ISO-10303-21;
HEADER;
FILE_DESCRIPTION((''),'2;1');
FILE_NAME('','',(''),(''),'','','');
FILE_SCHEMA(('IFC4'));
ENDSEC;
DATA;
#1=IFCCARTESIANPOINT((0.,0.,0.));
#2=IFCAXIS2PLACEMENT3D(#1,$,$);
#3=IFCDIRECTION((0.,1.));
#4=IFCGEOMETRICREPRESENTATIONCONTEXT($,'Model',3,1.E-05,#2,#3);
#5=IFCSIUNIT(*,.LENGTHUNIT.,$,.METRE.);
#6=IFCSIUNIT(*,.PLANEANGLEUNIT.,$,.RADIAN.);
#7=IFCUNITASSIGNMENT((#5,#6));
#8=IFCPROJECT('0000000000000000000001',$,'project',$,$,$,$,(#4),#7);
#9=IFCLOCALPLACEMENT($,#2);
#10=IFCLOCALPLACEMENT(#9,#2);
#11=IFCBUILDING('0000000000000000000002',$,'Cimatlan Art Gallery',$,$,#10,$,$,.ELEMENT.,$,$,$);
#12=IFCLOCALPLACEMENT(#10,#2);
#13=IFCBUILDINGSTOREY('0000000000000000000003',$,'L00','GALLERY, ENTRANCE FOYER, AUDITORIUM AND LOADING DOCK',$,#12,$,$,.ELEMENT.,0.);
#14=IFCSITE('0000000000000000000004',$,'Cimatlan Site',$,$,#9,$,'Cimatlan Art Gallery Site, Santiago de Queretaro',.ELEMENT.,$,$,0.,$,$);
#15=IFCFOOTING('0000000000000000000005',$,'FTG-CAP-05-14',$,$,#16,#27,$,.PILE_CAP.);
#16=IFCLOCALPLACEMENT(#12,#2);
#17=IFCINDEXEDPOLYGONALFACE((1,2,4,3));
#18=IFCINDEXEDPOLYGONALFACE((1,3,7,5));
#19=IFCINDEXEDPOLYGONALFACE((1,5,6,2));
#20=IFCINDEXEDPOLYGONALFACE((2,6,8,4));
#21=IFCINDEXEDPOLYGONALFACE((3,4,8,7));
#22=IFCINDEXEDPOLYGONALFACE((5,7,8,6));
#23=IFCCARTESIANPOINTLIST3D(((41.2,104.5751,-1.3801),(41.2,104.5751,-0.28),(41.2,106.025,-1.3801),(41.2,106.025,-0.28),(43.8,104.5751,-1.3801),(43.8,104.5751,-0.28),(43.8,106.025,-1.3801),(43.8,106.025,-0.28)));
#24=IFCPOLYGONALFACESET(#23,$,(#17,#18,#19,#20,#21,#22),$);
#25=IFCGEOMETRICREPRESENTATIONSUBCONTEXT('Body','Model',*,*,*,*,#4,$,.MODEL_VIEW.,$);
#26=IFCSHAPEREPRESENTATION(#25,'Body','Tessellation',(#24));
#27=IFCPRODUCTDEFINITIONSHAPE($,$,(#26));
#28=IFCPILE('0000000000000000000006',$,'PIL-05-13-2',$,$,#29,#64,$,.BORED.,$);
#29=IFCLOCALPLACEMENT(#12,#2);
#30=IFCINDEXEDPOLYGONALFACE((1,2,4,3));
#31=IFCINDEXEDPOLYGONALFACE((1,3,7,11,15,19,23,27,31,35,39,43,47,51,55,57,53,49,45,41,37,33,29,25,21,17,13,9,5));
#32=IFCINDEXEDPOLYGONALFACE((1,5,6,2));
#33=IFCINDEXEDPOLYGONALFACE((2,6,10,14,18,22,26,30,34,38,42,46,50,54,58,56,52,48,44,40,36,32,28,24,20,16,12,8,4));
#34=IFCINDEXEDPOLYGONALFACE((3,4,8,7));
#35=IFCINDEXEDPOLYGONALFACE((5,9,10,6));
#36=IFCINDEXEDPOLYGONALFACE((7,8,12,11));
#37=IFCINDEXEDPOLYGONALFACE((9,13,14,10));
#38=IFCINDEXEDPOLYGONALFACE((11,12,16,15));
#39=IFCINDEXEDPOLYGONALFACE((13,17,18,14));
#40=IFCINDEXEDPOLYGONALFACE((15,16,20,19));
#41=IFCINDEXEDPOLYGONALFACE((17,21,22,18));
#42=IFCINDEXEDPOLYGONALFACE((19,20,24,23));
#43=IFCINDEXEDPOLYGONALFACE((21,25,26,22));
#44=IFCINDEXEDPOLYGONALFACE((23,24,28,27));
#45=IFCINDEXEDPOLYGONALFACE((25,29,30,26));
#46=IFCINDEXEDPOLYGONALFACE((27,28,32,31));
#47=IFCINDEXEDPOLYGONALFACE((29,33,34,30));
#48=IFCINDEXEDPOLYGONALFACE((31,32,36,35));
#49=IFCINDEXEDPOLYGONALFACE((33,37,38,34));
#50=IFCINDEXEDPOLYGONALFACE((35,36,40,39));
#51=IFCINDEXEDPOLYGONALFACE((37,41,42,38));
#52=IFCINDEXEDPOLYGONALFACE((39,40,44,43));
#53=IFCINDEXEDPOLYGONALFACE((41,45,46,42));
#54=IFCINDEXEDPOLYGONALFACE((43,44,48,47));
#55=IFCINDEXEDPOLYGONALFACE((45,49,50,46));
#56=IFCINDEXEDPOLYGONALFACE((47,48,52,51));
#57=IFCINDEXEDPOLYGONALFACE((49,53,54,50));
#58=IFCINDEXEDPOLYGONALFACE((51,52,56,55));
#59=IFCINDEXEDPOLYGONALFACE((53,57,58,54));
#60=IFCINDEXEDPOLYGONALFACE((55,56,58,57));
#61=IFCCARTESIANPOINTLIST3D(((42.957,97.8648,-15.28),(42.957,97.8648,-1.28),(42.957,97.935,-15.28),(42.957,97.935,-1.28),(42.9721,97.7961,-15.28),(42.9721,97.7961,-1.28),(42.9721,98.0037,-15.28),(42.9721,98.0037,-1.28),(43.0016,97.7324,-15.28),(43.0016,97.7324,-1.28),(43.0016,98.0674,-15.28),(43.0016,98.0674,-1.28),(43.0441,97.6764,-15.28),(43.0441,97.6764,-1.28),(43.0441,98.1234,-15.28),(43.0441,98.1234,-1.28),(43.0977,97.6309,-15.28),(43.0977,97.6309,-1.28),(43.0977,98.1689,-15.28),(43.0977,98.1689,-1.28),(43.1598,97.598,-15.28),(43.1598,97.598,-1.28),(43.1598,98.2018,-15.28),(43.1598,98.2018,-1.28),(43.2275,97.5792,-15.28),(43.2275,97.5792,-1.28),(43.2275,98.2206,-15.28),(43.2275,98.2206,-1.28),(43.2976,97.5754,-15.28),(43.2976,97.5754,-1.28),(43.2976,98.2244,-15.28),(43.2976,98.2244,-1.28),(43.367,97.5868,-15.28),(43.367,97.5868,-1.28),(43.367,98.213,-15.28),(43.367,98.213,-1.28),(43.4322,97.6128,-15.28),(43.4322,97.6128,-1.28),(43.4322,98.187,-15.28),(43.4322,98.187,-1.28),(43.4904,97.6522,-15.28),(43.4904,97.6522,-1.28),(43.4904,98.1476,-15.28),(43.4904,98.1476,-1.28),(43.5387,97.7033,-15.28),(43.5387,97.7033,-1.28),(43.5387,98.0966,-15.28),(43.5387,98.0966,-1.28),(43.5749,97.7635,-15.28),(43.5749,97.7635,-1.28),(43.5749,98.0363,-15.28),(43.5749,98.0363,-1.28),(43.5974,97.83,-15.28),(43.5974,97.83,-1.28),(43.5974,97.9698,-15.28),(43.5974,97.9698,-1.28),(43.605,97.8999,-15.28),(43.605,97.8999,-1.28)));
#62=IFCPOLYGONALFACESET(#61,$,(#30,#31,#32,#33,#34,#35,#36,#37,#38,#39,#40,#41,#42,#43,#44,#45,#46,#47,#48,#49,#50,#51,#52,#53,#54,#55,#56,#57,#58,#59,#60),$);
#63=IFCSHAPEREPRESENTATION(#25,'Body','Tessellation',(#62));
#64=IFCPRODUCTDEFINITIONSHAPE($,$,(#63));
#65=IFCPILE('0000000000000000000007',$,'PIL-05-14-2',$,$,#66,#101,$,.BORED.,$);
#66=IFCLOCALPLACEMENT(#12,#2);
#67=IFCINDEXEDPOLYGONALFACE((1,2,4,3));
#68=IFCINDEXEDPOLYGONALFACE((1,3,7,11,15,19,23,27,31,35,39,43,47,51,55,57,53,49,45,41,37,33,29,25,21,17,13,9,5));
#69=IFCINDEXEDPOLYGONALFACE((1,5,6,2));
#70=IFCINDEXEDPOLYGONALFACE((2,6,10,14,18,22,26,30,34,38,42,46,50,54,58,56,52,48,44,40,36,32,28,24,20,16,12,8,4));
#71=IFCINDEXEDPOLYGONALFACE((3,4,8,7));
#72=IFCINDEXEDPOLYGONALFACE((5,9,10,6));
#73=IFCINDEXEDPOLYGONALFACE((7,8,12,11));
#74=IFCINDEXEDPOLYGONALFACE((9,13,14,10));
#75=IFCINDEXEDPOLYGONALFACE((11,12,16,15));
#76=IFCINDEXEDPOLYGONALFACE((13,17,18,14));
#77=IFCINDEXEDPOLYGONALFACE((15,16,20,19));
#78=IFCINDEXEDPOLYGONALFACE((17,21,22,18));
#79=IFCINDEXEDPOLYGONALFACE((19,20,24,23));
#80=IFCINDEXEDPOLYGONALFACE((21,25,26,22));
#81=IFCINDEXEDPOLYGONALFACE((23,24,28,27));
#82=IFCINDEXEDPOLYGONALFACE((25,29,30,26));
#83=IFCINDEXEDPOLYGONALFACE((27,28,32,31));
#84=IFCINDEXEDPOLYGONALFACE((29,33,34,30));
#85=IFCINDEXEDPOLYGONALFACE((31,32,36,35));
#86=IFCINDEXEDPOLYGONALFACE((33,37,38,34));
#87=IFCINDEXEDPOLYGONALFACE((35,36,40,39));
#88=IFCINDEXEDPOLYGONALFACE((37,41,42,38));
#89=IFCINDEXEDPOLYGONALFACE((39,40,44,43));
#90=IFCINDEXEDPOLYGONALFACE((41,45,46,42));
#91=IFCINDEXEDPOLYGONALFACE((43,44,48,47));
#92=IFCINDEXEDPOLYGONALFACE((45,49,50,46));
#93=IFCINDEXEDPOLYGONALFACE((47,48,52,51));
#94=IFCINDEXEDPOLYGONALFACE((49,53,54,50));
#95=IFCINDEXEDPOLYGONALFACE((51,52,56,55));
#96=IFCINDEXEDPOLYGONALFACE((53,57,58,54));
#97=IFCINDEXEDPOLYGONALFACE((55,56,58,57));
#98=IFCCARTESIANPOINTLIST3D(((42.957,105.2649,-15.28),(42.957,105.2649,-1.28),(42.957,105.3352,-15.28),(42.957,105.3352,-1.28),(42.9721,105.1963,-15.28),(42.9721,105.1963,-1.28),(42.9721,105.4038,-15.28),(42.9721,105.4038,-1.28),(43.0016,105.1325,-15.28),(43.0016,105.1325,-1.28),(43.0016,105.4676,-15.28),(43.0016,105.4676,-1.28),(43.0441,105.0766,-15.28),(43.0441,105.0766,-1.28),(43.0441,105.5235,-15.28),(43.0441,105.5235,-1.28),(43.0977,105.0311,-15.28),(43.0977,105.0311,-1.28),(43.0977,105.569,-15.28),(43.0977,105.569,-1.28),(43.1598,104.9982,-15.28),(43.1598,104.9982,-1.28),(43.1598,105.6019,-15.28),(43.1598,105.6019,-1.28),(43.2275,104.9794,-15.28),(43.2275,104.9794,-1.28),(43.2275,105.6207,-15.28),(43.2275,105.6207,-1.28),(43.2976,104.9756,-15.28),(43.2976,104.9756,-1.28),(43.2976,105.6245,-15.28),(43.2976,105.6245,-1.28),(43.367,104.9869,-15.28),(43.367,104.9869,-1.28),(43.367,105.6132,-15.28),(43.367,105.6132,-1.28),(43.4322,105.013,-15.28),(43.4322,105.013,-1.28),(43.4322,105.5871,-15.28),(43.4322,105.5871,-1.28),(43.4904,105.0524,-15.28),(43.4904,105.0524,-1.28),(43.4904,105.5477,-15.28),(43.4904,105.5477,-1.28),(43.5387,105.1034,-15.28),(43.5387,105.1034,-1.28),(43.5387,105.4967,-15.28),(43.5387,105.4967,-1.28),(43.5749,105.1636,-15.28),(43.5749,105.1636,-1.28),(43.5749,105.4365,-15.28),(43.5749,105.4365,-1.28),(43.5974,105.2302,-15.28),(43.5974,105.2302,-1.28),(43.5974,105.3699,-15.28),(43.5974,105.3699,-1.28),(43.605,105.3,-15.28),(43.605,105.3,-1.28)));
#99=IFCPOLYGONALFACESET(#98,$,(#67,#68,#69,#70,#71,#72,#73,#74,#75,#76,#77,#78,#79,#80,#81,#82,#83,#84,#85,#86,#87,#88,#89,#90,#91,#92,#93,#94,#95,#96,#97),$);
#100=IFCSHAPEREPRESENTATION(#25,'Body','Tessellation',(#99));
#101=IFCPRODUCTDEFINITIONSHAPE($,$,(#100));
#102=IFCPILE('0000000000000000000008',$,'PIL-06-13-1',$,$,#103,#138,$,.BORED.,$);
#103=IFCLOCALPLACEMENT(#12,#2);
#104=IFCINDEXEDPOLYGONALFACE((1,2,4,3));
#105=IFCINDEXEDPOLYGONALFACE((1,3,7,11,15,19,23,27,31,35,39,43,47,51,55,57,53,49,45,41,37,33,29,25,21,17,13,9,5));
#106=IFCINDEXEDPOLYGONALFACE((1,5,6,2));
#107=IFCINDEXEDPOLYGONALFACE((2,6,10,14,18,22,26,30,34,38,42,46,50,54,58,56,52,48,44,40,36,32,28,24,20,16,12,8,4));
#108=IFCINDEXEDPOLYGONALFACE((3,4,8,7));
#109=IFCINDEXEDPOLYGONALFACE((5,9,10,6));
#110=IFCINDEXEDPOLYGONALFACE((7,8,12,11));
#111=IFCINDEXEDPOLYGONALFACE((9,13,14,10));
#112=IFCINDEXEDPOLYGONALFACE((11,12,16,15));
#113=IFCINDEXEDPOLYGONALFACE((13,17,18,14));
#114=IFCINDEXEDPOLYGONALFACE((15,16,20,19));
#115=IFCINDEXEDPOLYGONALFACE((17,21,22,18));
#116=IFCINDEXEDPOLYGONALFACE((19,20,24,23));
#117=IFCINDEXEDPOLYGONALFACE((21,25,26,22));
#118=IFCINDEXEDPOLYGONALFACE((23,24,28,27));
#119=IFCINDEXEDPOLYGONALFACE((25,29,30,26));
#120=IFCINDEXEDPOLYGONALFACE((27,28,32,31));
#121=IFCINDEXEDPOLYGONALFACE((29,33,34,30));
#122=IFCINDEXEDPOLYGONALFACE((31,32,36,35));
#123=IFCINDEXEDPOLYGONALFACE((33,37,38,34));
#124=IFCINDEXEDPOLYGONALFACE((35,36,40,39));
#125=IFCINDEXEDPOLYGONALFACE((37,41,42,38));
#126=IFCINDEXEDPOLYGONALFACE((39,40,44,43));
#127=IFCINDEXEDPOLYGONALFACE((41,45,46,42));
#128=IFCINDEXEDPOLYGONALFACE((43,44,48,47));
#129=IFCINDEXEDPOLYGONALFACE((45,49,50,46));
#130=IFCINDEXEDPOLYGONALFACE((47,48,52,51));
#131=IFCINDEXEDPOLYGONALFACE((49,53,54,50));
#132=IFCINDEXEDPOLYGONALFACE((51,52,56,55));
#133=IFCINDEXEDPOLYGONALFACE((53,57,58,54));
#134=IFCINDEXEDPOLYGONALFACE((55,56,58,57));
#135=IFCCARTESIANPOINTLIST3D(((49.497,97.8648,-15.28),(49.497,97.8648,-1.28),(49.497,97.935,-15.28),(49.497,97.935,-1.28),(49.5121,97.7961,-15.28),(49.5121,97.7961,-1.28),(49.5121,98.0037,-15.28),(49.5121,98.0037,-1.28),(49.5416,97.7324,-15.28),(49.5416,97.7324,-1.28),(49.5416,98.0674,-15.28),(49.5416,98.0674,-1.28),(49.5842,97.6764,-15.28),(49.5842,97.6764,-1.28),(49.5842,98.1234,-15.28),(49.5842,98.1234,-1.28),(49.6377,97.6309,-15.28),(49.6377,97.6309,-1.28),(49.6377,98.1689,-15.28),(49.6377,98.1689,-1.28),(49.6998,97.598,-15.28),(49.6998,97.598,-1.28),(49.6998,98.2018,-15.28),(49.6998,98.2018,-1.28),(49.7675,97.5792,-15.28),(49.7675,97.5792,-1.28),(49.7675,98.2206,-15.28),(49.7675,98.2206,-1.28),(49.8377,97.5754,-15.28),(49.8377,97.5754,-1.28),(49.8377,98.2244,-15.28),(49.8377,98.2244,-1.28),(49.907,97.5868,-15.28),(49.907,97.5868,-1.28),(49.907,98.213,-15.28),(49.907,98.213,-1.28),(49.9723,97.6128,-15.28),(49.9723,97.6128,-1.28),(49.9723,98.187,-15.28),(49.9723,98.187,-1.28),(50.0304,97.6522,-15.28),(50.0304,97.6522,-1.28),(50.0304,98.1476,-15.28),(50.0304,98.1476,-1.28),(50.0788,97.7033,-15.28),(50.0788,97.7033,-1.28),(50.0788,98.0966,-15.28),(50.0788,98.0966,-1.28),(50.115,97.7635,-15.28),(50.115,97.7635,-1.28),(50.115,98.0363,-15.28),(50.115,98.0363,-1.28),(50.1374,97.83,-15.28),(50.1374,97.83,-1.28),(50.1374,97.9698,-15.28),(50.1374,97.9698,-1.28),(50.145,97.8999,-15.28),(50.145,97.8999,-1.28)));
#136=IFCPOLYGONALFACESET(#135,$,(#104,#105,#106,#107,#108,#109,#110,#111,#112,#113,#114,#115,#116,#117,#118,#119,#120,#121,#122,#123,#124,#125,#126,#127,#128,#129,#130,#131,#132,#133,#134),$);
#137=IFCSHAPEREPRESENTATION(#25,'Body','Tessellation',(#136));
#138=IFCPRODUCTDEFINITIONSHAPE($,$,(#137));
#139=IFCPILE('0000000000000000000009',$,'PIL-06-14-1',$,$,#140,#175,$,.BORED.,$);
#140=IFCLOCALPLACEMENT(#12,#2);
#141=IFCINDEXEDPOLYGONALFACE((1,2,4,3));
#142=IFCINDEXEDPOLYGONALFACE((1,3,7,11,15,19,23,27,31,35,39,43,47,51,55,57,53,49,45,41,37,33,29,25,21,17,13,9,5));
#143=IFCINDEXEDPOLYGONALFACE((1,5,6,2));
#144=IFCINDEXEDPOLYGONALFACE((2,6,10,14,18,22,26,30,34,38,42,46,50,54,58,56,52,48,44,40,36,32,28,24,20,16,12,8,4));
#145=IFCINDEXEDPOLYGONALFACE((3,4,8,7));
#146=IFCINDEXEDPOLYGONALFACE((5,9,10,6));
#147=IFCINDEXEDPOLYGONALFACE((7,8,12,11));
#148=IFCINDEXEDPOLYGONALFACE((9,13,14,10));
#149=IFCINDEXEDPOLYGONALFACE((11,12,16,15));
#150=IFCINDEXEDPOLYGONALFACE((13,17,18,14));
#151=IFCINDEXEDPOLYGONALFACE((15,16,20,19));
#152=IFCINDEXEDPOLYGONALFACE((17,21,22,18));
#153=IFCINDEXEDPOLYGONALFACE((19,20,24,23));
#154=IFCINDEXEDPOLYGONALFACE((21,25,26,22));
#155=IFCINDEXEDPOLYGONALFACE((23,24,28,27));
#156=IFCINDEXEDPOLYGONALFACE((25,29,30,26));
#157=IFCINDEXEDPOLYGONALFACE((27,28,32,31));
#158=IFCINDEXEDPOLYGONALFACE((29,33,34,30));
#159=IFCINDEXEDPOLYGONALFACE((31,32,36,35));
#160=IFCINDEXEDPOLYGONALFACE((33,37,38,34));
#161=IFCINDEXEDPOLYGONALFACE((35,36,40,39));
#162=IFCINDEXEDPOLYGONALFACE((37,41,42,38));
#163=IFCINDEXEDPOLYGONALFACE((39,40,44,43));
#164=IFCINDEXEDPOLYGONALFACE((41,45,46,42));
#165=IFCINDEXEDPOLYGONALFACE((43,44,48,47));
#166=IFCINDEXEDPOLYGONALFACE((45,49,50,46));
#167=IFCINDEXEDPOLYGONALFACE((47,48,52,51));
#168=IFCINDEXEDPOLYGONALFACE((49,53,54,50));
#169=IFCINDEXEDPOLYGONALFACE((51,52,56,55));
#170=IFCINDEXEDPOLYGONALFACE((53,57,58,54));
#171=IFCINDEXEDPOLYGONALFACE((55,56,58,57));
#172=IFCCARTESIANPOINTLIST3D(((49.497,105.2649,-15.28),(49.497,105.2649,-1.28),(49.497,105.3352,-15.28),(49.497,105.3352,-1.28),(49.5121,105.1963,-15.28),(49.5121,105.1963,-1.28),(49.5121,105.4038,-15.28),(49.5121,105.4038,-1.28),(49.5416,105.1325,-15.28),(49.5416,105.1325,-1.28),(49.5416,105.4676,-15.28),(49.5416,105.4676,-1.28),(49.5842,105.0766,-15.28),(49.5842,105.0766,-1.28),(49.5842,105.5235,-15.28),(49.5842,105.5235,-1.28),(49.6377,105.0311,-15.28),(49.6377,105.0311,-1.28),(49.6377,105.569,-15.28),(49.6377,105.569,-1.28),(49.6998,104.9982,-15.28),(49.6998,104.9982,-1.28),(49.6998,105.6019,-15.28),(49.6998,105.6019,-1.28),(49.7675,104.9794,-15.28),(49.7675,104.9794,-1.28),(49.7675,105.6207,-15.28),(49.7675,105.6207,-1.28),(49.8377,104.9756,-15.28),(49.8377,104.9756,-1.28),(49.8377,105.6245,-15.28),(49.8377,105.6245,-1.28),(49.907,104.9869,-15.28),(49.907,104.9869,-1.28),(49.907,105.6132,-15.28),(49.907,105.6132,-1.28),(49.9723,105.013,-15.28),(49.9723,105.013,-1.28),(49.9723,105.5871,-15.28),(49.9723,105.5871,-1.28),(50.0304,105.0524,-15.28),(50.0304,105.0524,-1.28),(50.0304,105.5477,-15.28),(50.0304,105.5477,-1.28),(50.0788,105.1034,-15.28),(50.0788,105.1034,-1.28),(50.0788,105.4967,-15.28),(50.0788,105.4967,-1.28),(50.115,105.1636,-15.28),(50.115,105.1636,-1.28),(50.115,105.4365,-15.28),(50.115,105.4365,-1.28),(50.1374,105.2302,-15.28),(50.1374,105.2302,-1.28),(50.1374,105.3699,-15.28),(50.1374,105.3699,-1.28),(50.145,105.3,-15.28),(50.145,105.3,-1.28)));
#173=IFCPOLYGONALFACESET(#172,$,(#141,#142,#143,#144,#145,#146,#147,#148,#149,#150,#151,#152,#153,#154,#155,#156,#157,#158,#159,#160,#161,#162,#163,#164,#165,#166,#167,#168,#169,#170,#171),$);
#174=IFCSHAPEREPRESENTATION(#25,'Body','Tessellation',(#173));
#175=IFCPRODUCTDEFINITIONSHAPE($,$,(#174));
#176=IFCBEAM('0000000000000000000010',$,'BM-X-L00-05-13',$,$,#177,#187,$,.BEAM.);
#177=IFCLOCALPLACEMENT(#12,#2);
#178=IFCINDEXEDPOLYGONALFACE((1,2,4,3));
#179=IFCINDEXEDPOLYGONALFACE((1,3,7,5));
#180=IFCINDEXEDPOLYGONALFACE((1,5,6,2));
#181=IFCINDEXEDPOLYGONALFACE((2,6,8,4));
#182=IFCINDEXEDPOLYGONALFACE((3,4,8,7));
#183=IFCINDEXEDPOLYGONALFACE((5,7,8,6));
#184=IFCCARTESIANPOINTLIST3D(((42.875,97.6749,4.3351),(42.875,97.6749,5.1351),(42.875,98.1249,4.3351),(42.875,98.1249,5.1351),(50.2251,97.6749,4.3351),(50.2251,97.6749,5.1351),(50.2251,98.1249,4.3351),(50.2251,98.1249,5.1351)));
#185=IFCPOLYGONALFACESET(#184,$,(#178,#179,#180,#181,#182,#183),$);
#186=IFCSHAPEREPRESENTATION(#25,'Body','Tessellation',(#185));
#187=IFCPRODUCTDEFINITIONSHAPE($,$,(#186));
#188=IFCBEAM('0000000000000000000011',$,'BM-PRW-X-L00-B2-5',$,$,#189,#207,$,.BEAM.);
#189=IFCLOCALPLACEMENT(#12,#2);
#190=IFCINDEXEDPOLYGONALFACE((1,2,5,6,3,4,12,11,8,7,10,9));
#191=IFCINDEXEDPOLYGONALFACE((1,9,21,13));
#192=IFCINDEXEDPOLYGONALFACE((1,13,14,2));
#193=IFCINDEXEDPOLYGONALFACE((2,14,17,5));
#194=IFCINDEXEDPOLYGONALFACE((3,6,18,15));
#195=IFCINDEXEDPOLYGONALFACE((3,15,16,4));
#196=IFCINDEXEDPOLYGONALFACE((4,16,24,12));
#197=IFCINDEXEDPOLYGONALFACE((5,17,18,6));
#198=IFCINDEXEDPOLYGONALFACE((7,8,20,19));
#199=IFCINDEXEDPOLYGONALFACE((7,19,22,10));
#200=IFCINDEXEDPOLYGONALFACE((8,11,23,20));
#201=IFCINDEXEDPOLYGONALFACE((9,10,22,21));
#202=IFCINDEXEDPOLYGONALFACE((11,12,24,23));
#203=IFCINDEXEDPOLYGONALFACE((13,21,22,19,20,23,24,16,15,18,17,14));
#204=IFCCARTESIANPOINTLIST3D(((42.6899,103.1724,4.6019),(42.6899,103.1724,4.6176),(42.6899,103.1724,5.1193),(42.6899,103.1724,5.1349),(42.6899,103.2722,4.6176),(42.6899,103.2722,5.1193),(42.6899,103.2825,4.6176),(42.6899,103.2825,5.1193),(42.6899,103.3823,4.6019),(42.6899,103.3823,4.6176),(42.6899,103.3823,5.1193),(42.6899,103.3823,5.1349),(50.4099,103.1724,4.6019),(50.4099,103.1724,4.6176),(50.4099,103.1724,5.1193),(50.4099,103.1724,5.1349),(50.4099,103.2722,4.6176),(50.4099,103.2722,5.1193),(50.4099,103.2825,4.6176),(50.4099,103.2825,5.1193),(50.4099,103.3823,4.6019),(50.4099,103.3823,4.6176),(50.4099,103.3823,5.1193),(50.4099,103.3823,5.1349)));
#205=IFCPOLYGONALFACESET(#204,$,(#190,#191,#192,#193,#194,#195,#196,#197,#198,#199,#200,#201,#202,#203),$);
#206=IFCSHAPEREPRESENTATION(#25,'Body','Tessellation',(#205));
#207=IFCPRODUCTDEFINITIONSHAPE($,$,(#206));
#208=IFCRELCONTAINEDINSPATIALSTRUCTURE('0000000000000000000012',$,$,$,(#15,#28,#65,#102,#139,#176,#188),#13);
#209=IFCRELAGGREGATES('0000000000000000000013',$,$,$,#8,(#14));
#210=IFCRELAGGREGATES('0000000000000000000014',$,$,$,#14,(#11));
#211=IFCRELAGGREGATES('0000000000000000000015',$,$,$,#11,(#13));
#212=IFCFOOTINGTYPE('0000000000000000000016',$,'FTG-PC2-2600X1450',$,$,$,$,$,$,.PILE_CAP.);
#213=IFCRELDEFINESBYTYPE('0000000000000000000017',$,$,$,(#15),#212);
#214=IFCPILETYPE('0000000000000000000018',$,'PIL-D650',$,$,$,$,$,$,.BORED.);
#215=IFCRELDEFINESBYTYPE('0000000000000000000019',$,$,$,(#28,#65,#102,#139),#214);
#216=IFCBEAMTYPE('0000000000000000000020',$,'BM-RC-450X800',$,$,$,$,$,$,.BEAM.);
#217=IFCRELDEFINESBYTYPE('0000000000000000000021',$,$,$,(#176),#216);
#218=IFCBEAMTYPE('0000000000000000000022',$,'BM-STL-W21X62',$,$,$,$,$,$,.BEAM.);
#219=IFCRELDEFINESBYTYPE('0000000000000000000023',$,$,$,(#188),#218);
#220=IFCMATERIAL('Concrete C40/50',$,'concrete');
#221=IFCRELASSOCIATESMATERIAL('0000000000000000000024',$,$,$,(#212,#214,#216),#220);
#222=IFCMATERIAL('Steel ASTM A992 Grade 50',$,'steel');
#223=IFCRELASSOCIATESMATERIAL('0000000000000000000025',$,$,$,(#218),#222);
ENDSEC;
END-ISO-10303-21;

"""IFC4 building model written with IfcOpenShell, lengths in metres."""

from ifc_helpers import new_model, si_unit, direction, frame, origin, origin_2d, place, context, subcontext, project, spatial, rectangle, circle, i_section, extrude, material, material_profile, profile_set, type_object, element, save


model = new_model("IFC4")

# Units and contexts
model_context = context("Model", 3, precision=1e-05, world=origin(), true_north=direction((0.0, 1.0)))
body_context = subcontext(model_context, "Body", "Model", "MODEL_VIEW")
ifc_project = project(units=[si_unit("LENGTHUNIT", "METRE"), si_unit("PLANEANGLEUNIT", "RADIAN")], contexts=[model_context])

# Site, building, storey
site_placement = place(None, origin())
site = spatial("IfcSite", under=ifc_project, at=site_placement, Name="Cimatlan Site", LongName="Cimatlan Art Gallery Site, Santiago de Queretaro", CompositionType="ELEMENT", RefElevation=0.0)
building_placement = place(site_placement, origin())
building = spatial("IfcBuilding", under=site, at=building_placement, Name="Cimatlan Art Gallery", CompositionType="ELEMENT")
storey_placement = place(building_placement, origin())
storey = spatial("IfcBuildingStorey", under=building, at=storey_placement, Name="L00", Description="GALLERY, ENTRANCE FOYER, AUDITORIUM AND LOADING DOCK", CompositionType="ELEMENT", Elevation=0.0)

# Footing
ifc_material_1 = material(Name="Concrete C40/50", Category="concrete")
footing_type = type_object("IfcFootingType", Name="FTG-PC2-2600X1450", PredefinedType="PILE_CAP", material=ifc_material_1)
footing_placement = place(storey_placement, frame((42.5, 105.3, -1.3801), z_axis=(0.0, 0.0, 1.0), x_axis=(1.0, 0.0, 0.0)))
element("IfcFooting", 1, at=footing_placement, inside=storey, type_object=footing_type, Name="FTG-CAP-05-14", PredefinedType="PILE_CAP", context=body_context, shape_type="SweptSolid", body=[
    extrude(rectangle(XDim=2.6001, YDim=1.45, at=origin_2d()), origin(), (0.0, 0.0, 1.0), 1.1001),
])

# Piles
pile_type = type_object("IfcPileType", Name="PIL-D650", PredefinedType="BORED", material=ifc_material_1)
for number, where, z_axis, x_axis, name in (
    (2, (43.28, 97.8999, -1.28), (0.0, 0.0, -1.0), (1.0, 0.0, 0.0), "PIL-05-13-2"),
    (3, (43.28, 105.3, -1.28), (0.0, 0.0, -1.0), (1.0, 0.0, 0.0), "PIL-05-14-2"),
    (4, (49.8201, 97.8999, -1.28), (0.0, 0.0, -1.0), (1.0, 0.0, 0.0), "PIL-06-13-1"),
    (5, (49.8201, 105.3, -1.28), (0.0, 0.0, -1.0), (1.0, 0.0, 0.0), "PIL-06-14-1"),
):
    element("IfcPile", number, at=place(storey_placement, frame(where, z_axis=z_axis, x_axis=x_axis)), inside=storey, type_object=pile_type, Name=name, PredefinedType="BORED", context=body_context, shape_type="SweptSolid", body=[
        extrude(circle(Radius=0.325, at=origin_2d()), origin(), (0.0, 0.0, 1.0), 14.0),
    ])

# Beams
ifc_material_profile_1 = material_profile(ifc_material_1, rectangle(XDim=0.45, YDim=0.8, at=origin_2d()), Name="RC450X800")
ifc_profile_set_1 = profile_set([ifc_material_profile_1], Name="Concrete C40/50")
beam_type_1 = type_object("IfcBeamType", Name="BM-RC-450X800", PredefinedType="BEAM", material=ifc_profile_set_1)
beam_1_placement = place(storey_placement, frame((42.875, 97.8999, 4.7351), z_axis=(1.0, 0.0, 0.0), x_axis=(0.0, 1.0, 0.0)))
element("IfcBeam", 6, at=beam_1_placement, inside=storey, type_object=beam_type_1, Name="BM-X-L00-05-13", PredefinedType="BEAM", context=body_context, shape_type="SweptSolid", body=[
    extrude(rectangle(XDim=0.45, YDim=0.8, at=origin_2d()), origin(), (0.0, 0.0, 1.0), 7.3501),
])
ifc_material_2 = material(Name="Steel ASTM A992 Grade 50", Category="steel")
ifc_material_profile_2 = material_profile(ifc_material_2, i_section(OverallWidth=0.21, OverallDepth=0.533, WebThickness=0.0103, FlangeThickness=0.0156, at=origin_2d()), Name="W21X62")
ifc_profile_set_2 = profile_set([ifc_material_profile_2], Name="Steel ASTM A992 Grade 50")
beam_type_2 = type_object("IfcBeamType", Name="BM-STL-W21X62", PredefinedType="BEAM", material=ifc_profile_set_2)
beam_2_placement = place(storey_placement, frame((42.6899, 103.2773, 4.8684), z_axis=(1.0, 0.0, 0.0), x_axis=(0.0, 1.0, 0.0)))
element("IfcBeam", 7, at=beam_2_placement, inside=storey, type_object=beam_type_2, Name="BM-PRW-X-L00-B2-5", PredefinedType="BEAM", context=body_context, shape_type="SweptSolid", body=[
    extrude(i_section(OverallWidth=0.21, OverallDepth=0.533, WebThickness=0.0103, FlangeThickness=0.0156, at=origin_2d()), origin(), (0.0, 0.0, 1.0), 7.72),
])

save(model, "model.ifc")
